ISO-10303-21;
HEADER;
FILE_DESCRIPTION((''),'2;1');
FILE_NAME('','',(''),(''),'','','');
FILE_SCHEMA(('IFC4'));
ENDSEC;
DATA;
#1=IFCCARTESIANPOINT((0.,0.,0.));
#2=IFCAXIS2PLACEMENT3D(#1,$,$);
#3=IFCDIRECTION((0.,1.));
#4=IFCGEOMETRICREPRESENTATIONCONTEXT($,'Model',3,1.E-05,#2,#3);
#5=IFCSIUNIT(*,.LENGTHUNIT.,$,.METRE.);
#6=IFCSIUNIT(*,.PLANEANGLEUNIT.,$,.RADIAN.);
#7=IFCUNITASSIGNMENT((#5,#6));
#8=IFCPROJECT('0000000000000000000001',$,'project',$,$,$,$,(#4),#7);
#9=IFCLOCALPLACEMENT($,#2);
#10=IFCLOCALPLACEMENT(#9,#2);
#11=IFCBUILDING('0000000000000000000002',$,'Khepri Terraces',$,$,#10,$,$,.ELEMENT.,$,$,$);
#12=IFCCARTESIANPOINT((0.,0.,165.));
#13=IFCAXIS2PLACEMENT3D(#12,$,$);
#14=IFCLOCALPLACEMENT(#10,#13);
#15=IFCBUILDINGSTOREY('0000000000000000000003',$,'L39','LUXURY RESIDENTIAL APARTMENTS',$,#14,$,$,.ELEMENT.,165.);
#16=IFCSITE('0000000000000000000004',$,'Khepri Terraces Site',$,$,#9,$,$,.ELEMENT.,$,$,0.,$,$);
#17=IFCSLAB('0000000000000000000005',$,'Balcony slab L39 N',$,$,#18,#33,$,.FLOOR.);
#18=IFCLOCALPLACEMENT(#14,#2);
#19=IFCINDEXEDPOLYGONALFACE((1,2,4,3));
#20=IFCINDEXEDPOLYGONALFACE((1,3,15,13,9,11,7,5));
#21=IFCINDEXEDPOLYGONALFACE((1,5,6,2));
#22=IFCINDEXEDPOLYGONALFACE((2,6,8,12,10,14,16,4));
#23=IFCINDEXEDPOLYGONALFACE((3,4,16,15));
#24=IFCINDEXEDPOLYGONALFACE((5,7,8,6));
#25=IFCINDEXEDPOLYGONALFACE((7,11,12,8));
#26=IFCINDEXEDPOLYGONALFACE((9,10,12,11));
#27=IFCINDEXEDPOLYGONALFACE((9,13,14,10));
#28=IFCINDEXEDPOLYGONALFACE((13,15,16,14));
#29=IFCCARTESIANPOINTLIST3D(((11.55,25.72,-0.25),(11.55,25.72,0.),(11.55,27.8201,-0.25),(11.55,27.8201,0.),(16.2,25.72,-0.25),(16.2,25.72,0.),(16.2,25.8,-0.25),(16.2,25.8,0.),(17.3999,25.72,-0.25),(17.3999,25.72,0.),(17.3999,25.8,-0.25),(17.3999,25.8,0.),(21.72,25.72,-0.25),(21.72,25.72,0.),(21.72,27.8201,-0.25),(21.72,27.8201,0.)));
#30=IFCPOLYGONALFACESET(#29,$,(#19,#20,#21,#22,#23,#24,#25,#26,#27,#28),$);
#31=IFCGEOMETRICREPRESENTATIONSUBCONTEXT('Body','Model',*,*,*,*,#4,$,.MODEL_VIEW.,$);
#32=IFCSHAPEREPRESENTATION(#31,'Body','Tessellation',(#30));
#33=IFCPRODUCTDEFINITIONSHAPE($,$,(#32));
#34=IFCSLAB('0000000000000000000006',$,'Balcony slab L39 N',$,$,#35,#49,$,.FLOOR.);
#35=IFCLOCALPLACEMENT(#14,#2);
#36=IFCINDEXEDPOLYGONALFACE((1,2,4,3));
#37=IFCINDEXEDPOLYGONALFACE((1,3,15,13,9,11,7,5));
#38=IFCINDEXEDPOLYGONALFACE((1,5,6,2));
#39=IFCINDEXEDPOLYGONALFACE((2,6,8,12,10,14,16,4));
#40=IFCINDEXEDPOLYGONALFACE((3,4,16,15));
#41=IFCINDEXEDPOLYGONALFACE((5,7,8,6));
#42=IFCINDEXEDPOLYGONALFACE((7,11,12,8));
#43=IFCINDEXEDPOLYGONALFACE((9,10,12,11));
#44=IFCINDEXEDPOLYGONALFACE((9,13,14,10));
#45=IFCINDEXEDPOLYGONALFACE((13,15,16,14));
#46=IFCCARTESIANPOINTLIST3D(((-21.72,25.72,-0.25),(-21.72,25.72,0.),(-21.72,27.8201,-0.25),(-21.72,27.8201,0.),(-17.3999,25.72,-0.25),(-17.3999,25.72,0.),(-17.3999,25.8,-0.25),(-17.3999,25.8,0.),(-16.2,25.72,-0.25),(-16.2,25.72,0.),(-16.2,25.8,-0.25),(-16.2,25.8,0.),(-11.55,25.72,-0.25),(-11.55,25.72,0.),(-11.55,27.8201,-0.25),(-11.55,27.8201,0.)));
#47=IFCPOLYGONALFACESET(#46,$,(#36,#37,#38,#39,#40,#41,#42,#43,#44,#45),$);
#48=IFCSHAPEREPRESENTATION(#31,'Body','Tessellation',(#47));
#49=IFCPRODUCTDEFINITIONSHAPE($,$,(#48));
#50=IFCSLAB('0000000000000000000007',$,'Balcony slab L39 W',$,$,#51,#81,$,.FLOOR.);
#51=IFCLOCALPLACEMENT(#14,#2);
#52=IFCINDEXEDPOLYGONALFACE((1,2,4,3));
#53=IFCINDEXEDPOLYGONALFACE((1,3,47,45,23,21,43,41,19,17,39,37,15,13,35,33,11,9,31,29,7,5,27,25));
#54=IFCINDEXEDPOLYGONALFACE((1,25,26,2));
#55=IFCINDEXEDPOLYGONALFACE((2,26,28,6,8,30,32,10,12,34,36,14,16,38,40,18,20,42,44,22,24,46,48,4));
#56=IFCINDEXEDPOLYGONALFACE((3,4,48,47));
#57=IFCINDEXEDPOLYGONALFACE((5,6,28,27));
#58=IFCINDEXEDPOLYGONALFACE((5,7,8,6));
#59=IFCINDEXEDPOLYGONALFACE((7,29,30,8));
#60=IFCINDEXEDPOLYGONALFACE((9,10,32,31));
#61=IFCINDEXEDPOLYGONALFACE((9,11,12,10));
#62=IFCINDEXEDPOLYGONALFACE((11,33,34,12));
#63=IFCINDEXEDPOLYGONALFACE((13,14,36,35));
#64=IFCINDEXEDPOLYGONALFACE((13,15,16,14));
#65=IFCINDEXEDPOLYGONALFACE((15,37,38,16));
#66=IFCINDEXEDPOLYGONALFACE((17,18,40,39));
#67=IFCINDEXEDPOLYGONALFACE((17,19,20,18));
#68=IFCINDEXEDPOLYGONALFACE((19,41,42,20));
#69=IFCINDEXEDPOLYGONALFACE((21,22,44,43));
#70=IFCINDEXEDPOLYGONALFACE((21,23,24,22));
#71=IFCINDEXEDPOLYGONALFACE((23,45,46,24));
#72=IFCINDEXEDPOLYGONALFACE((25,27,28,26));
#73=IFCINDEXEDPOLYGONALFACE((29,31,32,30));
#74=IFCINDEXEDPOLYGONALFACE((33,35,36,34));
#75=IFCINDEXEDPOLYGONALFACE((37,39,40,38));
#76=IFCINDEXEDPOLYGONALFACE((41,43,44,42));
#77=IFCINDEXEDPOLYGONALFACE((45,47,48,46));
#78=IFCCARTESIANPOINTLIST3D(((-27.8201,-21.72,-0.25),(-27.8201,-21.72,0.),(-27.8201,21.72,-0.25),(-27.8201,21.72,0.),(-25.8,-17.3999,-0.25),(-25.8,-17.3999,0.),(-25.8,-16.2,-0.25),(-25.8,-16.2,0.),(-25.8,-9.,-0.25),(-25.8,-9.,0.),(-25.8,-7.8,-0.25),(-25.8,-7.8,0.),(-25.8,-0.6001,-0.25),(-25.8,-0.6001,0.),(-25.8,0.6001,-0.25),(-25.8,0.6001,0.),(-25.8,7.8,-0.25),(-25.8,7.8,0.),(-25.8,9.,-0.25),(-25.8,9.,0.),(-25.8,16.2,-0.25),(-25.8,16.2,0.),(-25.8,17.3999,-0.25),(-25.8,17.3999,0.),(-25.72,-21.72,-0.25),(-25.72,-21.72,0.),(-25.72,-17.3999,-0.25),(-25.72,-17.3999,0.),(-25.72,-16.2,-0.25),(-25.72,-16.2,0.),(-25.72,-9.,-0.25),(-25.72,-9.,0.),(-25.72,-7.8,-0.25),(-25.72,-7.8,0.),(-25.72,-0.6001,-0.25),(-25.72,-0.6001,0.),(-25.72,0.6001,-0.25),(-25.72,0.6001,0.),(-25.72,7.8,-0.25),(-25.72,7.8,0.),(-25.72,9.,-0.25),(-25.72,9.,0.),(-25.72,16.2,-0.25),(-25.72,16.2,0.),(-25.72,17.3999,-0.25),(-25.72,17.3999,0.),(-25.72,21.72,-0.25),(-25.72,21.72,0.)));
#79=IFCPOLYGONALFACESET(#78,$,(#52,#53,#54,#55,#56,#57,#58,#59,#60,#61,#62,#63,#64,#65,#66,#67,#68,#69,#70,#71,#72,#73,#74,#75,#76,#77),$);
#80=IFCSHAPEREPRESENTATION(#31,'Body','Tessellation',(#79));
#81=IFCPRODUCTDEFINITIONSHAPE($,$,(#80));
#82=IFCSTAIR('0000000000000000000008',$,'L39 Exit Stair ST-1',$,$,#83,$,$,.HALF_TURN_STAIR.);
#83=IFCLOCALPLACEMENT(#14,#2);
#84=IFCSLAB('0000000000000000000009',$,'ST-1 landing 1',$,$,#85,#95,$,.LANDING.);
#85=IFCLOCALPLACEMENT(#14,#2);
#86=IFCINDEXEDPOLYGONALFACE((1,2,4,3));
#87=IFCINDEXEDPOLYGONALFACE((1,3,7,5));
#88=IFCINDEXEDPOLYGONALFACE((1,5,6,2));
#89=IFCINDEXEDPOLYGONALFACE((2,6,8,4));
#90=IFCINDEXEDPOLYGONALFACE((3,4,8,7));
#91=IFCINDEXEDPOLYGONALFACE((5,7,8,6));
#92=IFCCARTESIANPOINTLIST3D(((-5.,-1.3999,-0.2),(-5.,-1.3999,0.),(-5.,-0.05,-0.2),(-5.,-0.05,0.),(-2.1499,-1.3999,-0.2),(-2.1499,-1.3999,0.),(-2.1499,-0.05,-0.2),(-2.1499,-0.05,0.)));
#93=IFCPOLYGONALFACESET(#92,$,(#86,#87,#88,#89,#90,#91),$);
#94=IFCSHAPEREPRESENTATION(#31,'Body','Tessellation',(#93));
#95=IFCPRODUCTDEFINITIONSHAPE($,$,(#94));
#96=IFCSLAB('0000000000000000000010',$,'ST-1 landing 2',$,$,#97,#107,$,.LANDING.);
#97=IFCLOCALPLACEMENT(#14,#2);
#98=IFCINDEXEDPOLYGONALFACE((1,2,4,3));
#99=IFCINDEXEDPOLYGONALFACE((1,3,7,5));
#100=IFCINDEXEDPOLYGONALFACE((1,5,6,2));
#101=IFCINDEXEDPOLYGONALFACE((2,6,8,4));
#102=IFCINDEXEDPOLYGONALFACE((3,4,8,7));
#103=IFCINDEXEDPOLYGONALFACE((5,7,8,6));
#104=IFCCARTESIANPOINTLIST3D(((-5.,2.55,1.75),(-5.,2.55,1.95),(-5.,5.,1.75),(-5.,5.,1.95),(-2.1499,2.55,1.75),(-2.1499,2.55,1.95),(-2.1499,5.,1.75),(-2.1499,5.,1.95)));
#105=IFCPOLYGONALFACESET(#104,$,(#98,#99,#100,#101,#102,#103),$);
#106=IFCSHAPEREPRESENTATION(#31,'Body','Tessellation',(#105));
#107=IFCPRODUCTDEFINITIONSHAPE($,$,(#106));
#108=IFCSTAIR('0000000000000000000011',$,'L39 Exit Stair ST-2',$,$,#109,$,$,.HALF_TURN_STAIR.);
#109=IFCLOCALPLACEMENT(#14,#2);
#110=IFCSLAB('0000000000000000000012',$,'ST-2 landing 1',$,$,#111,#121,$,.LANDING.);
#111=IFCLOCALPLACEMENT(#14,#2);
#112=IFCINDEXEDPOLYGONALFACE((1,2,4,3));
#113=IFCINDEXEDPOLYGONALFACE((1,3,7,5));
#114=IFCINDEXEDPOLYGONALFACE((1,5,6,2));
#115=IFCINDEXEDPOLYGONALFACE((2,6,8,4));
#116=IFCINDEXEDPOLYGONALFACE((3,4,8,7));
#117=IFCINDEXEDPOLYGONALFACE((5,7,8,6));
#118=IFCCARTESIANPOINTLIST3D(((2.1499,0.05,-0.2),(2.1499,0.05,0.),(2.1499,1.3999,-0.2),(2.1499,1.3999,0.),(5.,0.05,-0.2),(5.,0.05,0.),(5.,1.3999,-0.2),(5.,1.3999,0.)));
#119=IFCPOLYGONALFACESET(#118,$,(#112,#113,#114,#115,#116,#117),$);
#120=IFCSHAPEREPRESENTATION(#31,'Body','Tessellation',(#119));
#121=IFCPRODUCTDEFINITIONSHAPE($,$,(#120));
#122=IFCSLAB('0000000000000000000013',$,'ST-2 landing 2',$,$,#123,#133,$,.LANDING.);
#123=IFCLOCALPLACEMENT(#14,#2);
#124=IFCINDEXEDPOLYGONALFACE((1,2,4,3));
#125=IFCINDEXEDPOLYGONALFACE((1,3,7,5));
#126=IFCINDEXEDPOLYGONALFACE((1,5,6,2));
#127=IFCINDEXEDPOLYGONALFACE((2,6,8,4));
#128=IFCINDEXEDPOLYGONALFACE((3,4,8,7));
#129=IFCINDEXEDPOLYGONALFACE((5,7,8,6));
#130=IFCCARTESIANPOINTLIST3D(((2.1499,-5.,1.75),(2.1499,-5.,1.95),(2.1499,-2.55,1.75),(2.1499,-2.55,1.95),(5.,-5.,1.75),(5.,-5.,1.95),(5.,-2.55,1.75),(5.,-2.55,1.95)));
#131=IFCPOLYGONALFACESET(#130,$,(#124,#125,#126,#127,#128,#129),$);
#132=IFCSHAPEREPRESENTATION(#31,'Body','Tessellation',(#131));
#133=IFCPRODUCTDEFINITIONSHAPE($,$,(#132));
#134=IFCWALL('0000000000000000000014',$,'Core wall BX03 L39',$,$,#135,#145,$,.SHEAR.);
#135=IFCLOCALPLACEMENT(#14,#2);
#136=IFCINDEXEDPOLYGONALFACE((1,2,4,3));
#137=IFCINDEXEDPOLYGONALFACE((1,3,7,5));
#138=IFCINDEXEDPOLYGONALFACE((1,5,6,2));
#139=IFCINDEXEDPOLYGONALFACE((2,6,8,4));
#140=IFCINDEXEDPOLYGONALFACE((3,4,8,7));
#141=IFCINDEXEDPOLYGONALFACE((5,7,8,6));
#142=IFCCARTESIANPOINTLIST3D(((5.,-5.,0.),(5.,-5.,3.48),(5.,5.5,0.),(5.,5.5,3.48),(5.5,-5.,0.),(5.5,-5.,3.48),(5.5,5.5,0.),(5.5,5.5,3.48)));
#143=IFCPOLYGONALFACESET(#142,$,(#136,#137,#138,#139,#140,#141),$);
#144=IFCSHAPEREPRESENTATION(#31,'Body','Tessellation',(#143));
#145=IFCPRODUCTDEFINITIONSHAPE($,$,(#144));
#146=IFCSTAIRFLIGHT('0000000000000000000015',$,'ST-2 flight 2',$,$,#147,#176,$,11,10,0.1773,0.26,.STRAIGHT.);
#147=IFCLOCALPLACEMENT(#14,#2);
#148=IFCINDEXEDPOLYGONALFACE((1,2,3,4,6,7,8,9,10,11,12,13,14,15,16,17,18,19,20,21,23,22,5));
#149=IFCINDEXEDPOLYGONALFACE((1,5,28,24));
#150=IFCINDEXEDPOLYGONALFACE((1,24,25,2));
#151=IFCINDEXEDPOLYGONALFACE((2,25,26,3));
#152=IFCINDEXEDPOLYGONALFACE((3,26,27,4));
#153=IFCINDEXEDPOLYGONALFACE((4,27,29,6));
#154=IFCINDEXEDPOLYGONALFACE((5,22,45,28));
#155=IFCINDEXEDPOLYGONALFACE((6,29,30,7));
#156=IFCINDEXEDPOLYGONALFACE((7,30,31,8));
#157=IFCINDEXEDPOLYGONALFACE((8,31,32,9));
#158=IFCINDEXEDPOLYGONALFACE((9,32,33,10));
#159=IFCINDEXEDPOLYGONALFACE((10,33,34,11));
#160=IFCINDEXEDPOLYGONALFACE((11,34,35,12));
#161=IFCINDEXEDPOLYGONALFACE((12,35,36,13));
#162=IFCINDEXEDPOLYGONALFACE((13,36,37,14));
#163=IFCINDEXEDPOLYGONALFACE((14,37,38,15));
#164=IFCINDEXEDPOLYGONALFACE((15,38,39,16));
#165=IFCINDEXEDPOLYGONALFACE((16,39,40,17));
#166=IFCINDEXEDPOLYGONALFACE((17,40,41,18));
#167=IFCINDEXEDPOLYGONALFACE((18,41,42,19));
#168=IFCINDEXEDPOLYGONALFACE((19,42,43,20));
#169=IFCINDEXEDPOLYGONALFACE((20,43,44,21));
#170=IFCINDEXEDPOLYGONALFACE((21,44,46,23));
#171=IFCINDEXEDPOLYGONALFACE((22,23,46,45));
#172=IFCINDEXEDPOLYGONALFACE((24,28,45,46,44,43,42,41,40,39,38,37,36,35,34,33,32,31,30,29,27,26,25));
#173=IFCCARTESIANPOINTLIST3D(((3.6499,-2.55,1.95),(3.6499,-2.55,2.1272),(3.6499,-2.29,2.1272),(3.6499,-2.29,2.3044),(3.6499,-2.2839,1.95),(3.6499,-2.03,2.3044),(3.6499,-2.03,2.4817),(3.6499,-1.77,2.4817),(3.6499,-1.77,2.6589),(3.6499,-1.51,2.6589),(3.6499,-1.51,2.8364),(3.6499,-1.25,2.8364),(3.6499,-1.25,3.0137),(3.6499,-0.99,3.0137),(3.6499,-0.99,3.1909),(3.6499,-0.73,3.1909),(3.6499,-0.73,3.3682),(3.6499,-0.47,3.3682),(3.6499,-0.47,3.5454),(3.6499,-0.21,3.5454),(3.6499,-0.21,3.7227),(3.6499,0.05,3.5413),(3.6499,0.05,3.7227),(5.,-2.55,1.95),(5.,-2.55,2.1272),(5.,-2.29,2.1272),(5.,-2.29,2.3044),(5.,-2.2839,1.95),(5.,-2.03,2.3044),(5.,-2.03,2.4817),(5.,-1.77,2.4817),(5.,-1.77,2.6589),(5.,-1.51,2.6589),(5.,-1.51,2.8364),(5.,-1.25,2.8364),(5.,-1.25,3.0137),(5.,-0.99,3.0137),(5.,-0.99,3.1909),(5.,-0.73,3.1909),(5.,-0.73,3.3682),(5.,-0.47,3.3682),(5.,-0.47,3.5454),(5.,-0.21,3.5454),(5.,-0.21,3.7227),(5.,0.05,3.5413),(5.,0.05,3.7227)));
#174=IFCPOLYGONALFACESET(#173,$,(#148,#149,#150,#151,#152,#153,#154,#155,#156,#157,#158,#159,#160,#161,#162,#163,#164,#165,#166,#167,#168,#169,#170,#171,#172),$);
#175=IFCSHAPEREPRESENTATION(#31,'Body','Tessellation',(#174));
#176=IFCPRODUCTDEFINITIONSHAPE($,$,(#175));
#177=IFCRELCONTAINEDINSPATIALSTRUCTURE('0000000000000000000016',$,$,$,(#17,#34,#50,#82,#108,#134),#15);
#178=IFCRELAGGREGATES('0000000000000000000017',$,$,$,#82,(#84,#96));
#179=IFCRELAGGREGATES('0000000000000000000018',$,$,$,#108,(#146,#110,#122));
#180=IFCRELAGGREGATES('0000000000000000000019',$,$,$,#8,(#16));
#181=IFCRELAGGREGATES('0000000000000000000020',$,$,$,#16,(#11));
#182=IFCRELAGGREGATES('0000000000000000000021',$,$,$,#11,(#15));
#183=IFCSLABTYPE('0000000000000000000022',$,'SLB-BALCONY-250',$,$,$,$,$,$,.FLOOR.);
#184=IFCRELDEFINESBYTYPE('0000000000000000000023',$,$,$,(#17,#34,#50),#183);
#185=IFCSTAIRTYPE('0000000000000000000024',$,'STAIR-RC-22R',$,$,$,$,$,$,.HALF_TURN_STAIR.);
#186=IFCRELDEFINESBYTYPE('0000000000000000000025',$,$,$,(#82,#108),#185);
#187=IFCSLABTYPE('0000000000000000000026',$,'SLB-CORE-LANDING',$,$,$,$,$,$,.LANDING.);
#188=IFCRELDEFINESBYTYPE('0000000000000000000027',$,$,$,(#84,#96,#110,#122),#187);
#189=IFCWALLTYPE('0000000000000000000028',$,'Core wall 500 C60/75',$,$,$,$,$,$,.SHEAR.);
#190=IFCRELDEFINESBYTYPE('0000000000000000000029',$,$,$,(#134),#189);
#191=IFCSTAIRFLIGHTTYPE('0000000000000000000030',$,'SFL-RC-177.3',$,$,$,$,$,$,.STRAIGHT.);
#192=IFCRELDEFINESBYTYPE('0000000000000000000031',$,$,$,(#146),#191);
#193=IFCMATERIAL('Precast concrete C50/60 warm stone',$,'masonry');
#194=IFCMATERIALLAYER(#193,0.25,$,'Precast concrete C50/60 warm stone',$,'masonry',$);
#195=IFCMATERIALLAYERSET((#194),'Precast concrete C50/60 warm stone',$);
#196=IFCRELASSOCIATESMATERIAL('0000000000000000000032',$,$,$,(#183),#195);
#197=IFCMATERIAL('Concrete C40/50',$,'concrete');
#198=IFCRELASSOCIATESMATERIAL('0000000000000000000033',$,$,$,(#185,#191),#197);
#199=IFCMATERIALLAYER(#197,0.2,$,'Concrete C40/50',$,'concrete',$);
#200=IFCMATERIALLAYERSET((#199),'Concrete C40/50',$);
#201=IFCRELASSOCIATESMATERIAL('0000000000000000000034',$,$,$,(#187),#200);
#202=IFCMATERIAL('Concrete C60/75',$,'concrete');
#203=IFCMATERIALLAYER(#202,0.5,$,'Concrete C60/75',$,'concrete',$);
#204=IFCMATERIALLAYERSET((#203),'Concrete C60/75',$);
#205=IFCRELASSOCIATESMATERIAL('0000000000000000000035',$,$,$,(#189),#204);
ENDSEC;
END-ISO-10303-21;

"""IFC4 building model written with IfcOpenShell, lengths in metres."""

from ifc_helpers import new_model, si_unit, direction, frame, frame_2d, origin, place, context, subcontext, project, spatial, polyline, rectangle, outline, extrude, material, layer, layer_set, type_object, element, aggregate, save


model = new_model("IFC4")

# Units and contexts
model_context = context("Model", 3, precision=1e-05, world=origin(), true_north=direction((0.0, 1.0)))
body_context = subcontext(model_context, "Body", "Model", "MODEL_VIEW")
ifc_project = project(units=[si_unit("LENGTHUNIT", "METRE"), si_unit("PLANEANGLEUNIT", "RADIAN")], contexts=[model_context])

# Site, building, storey
site_placement = place(None, origin())
site = spatial("IfcSite", under=ifc_project, at=site_placement, Name="Khepri Terraces Site", CompositionType="ELEMENT", RefElevation=0.0)
building_placement = place(site_placement, origin())
building = spatial("IfcBuilding", under=site, at=building_placement, Name="Khepri Terraces", CompositionType="ELEMENT")
storey_placement = place(building_placement, frame((0.0, 0.0, 165.0)))
storey = spatial("IfcBuildingStorey", under=building, at=storey_placement, Name="L39", Description="LUXURY RESIDENTIAL APARTMENTS", CompositionType="ELEMENT", Elevation=165.0)

# Slabs
ifc_material_1 = material(Name="Precast concrete C50/60 warm stone", Category="masonry")
ifc_layer_1 = layer(ifc_material_1, 0.25, Name="Precast concrete C50/60 warm stone", Category="masonry")
ifc_layer_set_1 = layer_set([ifc_layer_1], Name="Precast concrete C50/60 warm stone")
slab_type_1 = type_object("IfcSlabType", Name="SLB-BALCONY-250", PredefinedType="FLOOR", material=ifc_layer_set_1)
slab_1_placement = place(storey_placement, frame((0.0, 0.0, -0.25)))
element("IfcSlab", 1, at=slab_1_placement, inside=storey, type_object=slab_type_1, Name="Balcony slab L39 N", PredefinedType="FLOOR", context=body_context, shape_type="SweptSolid", body=[
    extrude(outline(polyline([(17.3999, 25.72), (21.72, 25.72), (21.72, 27.8201), (11.55, 27.8201), (11.55, 25.72), (16.2, 25.72), (16.2, 25.8), (17.3999, 25.8), (17.3999, 25.72)])), origin(), (0.0, 0.0, 1.0), 0.25),
])
slab_2_placement = place(storey_placement, frame((0.0, 0.0, -0.25)))
element("IfcSlab", 2, at=slab_2_placement, inside=storey, type_object=slab_type_1, Name="Balcony slab L39 N", PredefinedType="FLOOR", context=body_context, shape_type="SweptSolid", body=[
    extrude(outline(polyline([(-16.2, 25.72), (-11.55, 25.72), (-11.55, 27.8201), (-21.72, 27.8201), (-21.72, 25.72), (-17.3999, 25.72), (-17.3999, 25.8), (-16.2, 25.8), (-16.2, 25.72)])), origin(), (0.0, 0.0, 1.0), 0.25),
])
slab_3_placement = place(storey_placement, frame((0.0, 0.0, -0.25)))
element("IfcSlab", 3, at=slab_3_placement, inside=storey, type_object=slab_type_1, Name="Balcony slab L39 W", PredefinedType="FLOOR", context=body_context, shape_type="SweptSolid", body=[
    extrude(outline(polyline([(-25.72, 17.3999), (-25.72, 21.72), (-27.8201, 21.72), (-27.8201, -21.72), (-25.72, -21.72), (-25.72, -17.3999), (-25.8, -17.3999), (-25.8, -16.2), (-25.72, -16.2), (-25.72, -9.0), (-25.8, -9.0), (-25.8, -7.8), (-25.72, -7.8), (-25.72, -0.6001), (-25.8, -0.6001), (-25.8, 0.6001), (-25.72, 0.6001), (-25.72, 7.8), (-25.8, 7.8), (-25.8, 9.0), (-25.72, 9.0), (-25.72, 16.2), (-25.8, 16.2), (-25.8, 17.3999), (-25.72, 17.3999)])), origin(), (0.0, 0.0, 1.0), 0.25),
])

# Stairs, slabs
ifc_material_2 = material(Name="Concrete C40/50", Category="concrete")
stair_type = type_object("IfcStairType", Name="STAIR-RC-22R", PredefinedType="HALF_TURN_STAIR", material=ifc_material_2)
stair_1_placement = place(storey_placement, origin())
stair_1 = element("IfcStair", 4, at=stair_1_placement, inside=storey, type_object=stair_type, Name="L39 Exit Stair ST-1", PredefinedType="HALF_TURN_STAIR")
ifc_layer_2 = layer(ifc_material_2, 0.2, Name="Concrete C40/50", Category="concrete")
ifc_layer_set_2 = layer_set([ifc_layer_2], Name="Concrete C40/50")
slab_type_2 = type_object("IfcSlabType", Name="SLB-CORE-LANDING", PredefinedType="LANDING", material=ifc_layer_set_2)
slab_4_placement = place(storey_placement, frame((0.0, 0.0, -0.2)))
slab_4 = element("IfcSlab", 5, at=slab_4_placement, type_object=slab_type_2, Name="ST-1 landing 1", PredefinedType="LANDING", context=body_context, shape_type="SweptSolid", body=[
    extrude(outline(polyline([(-2.1499, -1.3999), (-2.1499, -0.05), (-5.0, -0.05), (-5.0, -1.3999), (-2.1499, -1.3999)])), origin(), (0.0, 0.0, 1.0), 0.2),
])
slab_5_placement = place(storey_placement, frame((0.0, 0.0, 1.75)))
slab_5 = element("IfcSlab", 6, at=slab_5_placement, type_object=slab_type_2, Name="ST-1 landing 2", PredefinedType="LANDING", context=body_context, shape_type="SweptSolid", body=[
    extrude(outline(polyline([(-2.1499, 2.55), (-2.1499, 5.0), (-5.0, 5.0), (-5.0, 2.55), (-2.1499, 2.55)])), origin(), (0.0, 0.0, 1.0), 0.2),
])
aggregate(stair_1, [slab_4, slab_5])
stair_2_placement = place(storey_placement, origin())
stair_2 = element("IfcStair", 7, at=stair_2_placement, inside=storey, type_object=stair_type, Name="L39 Exit Stair ST-2", PredefinedType="HALF_TURN_STAIR")
slab_6_placement = place(storey_placement, frame((0.0, 0.0, -0.2)))
slab_6 = element("IfcSlab", 8, at=slab_6_placement, type_object=slab_type_2, Name="ST-2 landing 1", PredefinedType="LANDING", context=body_context, shape_type="SweptSolid", body=[
    extrude(outline(polyline([(2.1499, 1.3999), (2.1499, 0.05), (5.0, 0.05), (5.0, 1.3999), (2.1499, 1.3999)])), origin(), (0.0, 0.0, 1.0), 0.2),
])
slab_7_placement = place(storey_placement, frame((0.0, 0.0, 1.75)))
slab_7 = element("IfcSlab", 9, at=slab_7_placement, type_object=slab_type_2, Name="ST-2 landing 2", PredefinedType="LANDING", context=body_context, shape_type="SweptSolid", body=[
    extrude(outline(polyline([(2.1499, -2.55), (2.1499, -5.0), (5.0, -5.0), (5.0, -2.55), (2.1499, -2.55)])), origin(), (0.0, 0.0, 1.0), 0.2),
])

# Wall
ifc_material_3 = material(Name="Concrete C60/75", Category="concrete")
ifc_layer_3 = layer(ifc_material_3, 0.5, Name="Concrete C60/75", Category="concrete")
ifc_layer_set_3 = layer_set([ifc_layer_3], Name="Concrete C60/75")
wall_type = type_object("IfcWallType", Name="Core wall 500 C60/75", PredefinedType="SHEAR", material=ifc_layer_set_3)
wall_placement = place(storey_placement, frame((5.25, -5.0, 0.0), z_axis=(0.0, 0.0, 1.0), x_axis=(0.0, 1.0, 0.0)))
element("IfcWall", 10, at=wall_placement, inside=storey, type_object=wall_type, Name="Core wall BX03 L39", PredefinedType="SHEAR", context=body_context, shape_type="SweptSolid", body=[
    extrude(rectangle(XDim=10.5, YDim=0.5, at=frame_2d((5.25, 0.0))), origin(), (0.0, 0.0, 1.0), 3.48),
])

# Stair flight
stair_flight_type = type_object("IfcStairFlightType", Name="SFL-RC-177.3", PredefinedType="STRAIGHT", material=ifc_material_2)
stair_flight_placement = place(storey_placement, frame((4.325, -2.55, 1.95), z_axis=(0.0, 0.0, 1.0), x_axis=(0.0, 1.0, 0.0)))
stair_flight = element("IfcStairFlight", 11, at=stair_flight_placement, type_object=stair_flight_type, Name="ST-2 flight 2", NumberOfRisers=11, NumberOfTreads=10, PredefinedType="STRAIGHT", RiserHeight=0.1773, TreadLength=0.26, context=body_context, shape_type="SweptSolid", body=[
    extrude(outline(polyline([(0.0, 0.0), (0.0, 0.1772), (0.26, 0.1772), (0.26, 0.3545), (0.52, 0.3545), (0.52, 0.5317), (0.78, 0.5317), (0.78, 0.709), (1.04, 0.709), (1.04, 0.8865), (1.3, 0.8865), (1.3, 1.0637), (1.5601, 1.0637), (1.5601, 1.241), (1.8201, 1.241), (1.8201, 1.4182), (2.0801, 1.4182), (2.0801, 1.5955), (2.3401, 1.5955), (2.3401, 1.7727), (2.6001, 1.7727), (2.6001, 1.95), (2.6001, 1.5913), (0.2661, 0.0), (0.0, 0.0)])), frame((0.0, 0.675, 0.0), z_axis=(0.0, -1.0, 0.0), x_axis=(1.0, 0.0, 0.0)), (0.0, 0.0, 1.0), 1.3501),
])
aggregate(stair_2, [stair_flight, slab_6, slab_7])

save(model, "model.ifc")
